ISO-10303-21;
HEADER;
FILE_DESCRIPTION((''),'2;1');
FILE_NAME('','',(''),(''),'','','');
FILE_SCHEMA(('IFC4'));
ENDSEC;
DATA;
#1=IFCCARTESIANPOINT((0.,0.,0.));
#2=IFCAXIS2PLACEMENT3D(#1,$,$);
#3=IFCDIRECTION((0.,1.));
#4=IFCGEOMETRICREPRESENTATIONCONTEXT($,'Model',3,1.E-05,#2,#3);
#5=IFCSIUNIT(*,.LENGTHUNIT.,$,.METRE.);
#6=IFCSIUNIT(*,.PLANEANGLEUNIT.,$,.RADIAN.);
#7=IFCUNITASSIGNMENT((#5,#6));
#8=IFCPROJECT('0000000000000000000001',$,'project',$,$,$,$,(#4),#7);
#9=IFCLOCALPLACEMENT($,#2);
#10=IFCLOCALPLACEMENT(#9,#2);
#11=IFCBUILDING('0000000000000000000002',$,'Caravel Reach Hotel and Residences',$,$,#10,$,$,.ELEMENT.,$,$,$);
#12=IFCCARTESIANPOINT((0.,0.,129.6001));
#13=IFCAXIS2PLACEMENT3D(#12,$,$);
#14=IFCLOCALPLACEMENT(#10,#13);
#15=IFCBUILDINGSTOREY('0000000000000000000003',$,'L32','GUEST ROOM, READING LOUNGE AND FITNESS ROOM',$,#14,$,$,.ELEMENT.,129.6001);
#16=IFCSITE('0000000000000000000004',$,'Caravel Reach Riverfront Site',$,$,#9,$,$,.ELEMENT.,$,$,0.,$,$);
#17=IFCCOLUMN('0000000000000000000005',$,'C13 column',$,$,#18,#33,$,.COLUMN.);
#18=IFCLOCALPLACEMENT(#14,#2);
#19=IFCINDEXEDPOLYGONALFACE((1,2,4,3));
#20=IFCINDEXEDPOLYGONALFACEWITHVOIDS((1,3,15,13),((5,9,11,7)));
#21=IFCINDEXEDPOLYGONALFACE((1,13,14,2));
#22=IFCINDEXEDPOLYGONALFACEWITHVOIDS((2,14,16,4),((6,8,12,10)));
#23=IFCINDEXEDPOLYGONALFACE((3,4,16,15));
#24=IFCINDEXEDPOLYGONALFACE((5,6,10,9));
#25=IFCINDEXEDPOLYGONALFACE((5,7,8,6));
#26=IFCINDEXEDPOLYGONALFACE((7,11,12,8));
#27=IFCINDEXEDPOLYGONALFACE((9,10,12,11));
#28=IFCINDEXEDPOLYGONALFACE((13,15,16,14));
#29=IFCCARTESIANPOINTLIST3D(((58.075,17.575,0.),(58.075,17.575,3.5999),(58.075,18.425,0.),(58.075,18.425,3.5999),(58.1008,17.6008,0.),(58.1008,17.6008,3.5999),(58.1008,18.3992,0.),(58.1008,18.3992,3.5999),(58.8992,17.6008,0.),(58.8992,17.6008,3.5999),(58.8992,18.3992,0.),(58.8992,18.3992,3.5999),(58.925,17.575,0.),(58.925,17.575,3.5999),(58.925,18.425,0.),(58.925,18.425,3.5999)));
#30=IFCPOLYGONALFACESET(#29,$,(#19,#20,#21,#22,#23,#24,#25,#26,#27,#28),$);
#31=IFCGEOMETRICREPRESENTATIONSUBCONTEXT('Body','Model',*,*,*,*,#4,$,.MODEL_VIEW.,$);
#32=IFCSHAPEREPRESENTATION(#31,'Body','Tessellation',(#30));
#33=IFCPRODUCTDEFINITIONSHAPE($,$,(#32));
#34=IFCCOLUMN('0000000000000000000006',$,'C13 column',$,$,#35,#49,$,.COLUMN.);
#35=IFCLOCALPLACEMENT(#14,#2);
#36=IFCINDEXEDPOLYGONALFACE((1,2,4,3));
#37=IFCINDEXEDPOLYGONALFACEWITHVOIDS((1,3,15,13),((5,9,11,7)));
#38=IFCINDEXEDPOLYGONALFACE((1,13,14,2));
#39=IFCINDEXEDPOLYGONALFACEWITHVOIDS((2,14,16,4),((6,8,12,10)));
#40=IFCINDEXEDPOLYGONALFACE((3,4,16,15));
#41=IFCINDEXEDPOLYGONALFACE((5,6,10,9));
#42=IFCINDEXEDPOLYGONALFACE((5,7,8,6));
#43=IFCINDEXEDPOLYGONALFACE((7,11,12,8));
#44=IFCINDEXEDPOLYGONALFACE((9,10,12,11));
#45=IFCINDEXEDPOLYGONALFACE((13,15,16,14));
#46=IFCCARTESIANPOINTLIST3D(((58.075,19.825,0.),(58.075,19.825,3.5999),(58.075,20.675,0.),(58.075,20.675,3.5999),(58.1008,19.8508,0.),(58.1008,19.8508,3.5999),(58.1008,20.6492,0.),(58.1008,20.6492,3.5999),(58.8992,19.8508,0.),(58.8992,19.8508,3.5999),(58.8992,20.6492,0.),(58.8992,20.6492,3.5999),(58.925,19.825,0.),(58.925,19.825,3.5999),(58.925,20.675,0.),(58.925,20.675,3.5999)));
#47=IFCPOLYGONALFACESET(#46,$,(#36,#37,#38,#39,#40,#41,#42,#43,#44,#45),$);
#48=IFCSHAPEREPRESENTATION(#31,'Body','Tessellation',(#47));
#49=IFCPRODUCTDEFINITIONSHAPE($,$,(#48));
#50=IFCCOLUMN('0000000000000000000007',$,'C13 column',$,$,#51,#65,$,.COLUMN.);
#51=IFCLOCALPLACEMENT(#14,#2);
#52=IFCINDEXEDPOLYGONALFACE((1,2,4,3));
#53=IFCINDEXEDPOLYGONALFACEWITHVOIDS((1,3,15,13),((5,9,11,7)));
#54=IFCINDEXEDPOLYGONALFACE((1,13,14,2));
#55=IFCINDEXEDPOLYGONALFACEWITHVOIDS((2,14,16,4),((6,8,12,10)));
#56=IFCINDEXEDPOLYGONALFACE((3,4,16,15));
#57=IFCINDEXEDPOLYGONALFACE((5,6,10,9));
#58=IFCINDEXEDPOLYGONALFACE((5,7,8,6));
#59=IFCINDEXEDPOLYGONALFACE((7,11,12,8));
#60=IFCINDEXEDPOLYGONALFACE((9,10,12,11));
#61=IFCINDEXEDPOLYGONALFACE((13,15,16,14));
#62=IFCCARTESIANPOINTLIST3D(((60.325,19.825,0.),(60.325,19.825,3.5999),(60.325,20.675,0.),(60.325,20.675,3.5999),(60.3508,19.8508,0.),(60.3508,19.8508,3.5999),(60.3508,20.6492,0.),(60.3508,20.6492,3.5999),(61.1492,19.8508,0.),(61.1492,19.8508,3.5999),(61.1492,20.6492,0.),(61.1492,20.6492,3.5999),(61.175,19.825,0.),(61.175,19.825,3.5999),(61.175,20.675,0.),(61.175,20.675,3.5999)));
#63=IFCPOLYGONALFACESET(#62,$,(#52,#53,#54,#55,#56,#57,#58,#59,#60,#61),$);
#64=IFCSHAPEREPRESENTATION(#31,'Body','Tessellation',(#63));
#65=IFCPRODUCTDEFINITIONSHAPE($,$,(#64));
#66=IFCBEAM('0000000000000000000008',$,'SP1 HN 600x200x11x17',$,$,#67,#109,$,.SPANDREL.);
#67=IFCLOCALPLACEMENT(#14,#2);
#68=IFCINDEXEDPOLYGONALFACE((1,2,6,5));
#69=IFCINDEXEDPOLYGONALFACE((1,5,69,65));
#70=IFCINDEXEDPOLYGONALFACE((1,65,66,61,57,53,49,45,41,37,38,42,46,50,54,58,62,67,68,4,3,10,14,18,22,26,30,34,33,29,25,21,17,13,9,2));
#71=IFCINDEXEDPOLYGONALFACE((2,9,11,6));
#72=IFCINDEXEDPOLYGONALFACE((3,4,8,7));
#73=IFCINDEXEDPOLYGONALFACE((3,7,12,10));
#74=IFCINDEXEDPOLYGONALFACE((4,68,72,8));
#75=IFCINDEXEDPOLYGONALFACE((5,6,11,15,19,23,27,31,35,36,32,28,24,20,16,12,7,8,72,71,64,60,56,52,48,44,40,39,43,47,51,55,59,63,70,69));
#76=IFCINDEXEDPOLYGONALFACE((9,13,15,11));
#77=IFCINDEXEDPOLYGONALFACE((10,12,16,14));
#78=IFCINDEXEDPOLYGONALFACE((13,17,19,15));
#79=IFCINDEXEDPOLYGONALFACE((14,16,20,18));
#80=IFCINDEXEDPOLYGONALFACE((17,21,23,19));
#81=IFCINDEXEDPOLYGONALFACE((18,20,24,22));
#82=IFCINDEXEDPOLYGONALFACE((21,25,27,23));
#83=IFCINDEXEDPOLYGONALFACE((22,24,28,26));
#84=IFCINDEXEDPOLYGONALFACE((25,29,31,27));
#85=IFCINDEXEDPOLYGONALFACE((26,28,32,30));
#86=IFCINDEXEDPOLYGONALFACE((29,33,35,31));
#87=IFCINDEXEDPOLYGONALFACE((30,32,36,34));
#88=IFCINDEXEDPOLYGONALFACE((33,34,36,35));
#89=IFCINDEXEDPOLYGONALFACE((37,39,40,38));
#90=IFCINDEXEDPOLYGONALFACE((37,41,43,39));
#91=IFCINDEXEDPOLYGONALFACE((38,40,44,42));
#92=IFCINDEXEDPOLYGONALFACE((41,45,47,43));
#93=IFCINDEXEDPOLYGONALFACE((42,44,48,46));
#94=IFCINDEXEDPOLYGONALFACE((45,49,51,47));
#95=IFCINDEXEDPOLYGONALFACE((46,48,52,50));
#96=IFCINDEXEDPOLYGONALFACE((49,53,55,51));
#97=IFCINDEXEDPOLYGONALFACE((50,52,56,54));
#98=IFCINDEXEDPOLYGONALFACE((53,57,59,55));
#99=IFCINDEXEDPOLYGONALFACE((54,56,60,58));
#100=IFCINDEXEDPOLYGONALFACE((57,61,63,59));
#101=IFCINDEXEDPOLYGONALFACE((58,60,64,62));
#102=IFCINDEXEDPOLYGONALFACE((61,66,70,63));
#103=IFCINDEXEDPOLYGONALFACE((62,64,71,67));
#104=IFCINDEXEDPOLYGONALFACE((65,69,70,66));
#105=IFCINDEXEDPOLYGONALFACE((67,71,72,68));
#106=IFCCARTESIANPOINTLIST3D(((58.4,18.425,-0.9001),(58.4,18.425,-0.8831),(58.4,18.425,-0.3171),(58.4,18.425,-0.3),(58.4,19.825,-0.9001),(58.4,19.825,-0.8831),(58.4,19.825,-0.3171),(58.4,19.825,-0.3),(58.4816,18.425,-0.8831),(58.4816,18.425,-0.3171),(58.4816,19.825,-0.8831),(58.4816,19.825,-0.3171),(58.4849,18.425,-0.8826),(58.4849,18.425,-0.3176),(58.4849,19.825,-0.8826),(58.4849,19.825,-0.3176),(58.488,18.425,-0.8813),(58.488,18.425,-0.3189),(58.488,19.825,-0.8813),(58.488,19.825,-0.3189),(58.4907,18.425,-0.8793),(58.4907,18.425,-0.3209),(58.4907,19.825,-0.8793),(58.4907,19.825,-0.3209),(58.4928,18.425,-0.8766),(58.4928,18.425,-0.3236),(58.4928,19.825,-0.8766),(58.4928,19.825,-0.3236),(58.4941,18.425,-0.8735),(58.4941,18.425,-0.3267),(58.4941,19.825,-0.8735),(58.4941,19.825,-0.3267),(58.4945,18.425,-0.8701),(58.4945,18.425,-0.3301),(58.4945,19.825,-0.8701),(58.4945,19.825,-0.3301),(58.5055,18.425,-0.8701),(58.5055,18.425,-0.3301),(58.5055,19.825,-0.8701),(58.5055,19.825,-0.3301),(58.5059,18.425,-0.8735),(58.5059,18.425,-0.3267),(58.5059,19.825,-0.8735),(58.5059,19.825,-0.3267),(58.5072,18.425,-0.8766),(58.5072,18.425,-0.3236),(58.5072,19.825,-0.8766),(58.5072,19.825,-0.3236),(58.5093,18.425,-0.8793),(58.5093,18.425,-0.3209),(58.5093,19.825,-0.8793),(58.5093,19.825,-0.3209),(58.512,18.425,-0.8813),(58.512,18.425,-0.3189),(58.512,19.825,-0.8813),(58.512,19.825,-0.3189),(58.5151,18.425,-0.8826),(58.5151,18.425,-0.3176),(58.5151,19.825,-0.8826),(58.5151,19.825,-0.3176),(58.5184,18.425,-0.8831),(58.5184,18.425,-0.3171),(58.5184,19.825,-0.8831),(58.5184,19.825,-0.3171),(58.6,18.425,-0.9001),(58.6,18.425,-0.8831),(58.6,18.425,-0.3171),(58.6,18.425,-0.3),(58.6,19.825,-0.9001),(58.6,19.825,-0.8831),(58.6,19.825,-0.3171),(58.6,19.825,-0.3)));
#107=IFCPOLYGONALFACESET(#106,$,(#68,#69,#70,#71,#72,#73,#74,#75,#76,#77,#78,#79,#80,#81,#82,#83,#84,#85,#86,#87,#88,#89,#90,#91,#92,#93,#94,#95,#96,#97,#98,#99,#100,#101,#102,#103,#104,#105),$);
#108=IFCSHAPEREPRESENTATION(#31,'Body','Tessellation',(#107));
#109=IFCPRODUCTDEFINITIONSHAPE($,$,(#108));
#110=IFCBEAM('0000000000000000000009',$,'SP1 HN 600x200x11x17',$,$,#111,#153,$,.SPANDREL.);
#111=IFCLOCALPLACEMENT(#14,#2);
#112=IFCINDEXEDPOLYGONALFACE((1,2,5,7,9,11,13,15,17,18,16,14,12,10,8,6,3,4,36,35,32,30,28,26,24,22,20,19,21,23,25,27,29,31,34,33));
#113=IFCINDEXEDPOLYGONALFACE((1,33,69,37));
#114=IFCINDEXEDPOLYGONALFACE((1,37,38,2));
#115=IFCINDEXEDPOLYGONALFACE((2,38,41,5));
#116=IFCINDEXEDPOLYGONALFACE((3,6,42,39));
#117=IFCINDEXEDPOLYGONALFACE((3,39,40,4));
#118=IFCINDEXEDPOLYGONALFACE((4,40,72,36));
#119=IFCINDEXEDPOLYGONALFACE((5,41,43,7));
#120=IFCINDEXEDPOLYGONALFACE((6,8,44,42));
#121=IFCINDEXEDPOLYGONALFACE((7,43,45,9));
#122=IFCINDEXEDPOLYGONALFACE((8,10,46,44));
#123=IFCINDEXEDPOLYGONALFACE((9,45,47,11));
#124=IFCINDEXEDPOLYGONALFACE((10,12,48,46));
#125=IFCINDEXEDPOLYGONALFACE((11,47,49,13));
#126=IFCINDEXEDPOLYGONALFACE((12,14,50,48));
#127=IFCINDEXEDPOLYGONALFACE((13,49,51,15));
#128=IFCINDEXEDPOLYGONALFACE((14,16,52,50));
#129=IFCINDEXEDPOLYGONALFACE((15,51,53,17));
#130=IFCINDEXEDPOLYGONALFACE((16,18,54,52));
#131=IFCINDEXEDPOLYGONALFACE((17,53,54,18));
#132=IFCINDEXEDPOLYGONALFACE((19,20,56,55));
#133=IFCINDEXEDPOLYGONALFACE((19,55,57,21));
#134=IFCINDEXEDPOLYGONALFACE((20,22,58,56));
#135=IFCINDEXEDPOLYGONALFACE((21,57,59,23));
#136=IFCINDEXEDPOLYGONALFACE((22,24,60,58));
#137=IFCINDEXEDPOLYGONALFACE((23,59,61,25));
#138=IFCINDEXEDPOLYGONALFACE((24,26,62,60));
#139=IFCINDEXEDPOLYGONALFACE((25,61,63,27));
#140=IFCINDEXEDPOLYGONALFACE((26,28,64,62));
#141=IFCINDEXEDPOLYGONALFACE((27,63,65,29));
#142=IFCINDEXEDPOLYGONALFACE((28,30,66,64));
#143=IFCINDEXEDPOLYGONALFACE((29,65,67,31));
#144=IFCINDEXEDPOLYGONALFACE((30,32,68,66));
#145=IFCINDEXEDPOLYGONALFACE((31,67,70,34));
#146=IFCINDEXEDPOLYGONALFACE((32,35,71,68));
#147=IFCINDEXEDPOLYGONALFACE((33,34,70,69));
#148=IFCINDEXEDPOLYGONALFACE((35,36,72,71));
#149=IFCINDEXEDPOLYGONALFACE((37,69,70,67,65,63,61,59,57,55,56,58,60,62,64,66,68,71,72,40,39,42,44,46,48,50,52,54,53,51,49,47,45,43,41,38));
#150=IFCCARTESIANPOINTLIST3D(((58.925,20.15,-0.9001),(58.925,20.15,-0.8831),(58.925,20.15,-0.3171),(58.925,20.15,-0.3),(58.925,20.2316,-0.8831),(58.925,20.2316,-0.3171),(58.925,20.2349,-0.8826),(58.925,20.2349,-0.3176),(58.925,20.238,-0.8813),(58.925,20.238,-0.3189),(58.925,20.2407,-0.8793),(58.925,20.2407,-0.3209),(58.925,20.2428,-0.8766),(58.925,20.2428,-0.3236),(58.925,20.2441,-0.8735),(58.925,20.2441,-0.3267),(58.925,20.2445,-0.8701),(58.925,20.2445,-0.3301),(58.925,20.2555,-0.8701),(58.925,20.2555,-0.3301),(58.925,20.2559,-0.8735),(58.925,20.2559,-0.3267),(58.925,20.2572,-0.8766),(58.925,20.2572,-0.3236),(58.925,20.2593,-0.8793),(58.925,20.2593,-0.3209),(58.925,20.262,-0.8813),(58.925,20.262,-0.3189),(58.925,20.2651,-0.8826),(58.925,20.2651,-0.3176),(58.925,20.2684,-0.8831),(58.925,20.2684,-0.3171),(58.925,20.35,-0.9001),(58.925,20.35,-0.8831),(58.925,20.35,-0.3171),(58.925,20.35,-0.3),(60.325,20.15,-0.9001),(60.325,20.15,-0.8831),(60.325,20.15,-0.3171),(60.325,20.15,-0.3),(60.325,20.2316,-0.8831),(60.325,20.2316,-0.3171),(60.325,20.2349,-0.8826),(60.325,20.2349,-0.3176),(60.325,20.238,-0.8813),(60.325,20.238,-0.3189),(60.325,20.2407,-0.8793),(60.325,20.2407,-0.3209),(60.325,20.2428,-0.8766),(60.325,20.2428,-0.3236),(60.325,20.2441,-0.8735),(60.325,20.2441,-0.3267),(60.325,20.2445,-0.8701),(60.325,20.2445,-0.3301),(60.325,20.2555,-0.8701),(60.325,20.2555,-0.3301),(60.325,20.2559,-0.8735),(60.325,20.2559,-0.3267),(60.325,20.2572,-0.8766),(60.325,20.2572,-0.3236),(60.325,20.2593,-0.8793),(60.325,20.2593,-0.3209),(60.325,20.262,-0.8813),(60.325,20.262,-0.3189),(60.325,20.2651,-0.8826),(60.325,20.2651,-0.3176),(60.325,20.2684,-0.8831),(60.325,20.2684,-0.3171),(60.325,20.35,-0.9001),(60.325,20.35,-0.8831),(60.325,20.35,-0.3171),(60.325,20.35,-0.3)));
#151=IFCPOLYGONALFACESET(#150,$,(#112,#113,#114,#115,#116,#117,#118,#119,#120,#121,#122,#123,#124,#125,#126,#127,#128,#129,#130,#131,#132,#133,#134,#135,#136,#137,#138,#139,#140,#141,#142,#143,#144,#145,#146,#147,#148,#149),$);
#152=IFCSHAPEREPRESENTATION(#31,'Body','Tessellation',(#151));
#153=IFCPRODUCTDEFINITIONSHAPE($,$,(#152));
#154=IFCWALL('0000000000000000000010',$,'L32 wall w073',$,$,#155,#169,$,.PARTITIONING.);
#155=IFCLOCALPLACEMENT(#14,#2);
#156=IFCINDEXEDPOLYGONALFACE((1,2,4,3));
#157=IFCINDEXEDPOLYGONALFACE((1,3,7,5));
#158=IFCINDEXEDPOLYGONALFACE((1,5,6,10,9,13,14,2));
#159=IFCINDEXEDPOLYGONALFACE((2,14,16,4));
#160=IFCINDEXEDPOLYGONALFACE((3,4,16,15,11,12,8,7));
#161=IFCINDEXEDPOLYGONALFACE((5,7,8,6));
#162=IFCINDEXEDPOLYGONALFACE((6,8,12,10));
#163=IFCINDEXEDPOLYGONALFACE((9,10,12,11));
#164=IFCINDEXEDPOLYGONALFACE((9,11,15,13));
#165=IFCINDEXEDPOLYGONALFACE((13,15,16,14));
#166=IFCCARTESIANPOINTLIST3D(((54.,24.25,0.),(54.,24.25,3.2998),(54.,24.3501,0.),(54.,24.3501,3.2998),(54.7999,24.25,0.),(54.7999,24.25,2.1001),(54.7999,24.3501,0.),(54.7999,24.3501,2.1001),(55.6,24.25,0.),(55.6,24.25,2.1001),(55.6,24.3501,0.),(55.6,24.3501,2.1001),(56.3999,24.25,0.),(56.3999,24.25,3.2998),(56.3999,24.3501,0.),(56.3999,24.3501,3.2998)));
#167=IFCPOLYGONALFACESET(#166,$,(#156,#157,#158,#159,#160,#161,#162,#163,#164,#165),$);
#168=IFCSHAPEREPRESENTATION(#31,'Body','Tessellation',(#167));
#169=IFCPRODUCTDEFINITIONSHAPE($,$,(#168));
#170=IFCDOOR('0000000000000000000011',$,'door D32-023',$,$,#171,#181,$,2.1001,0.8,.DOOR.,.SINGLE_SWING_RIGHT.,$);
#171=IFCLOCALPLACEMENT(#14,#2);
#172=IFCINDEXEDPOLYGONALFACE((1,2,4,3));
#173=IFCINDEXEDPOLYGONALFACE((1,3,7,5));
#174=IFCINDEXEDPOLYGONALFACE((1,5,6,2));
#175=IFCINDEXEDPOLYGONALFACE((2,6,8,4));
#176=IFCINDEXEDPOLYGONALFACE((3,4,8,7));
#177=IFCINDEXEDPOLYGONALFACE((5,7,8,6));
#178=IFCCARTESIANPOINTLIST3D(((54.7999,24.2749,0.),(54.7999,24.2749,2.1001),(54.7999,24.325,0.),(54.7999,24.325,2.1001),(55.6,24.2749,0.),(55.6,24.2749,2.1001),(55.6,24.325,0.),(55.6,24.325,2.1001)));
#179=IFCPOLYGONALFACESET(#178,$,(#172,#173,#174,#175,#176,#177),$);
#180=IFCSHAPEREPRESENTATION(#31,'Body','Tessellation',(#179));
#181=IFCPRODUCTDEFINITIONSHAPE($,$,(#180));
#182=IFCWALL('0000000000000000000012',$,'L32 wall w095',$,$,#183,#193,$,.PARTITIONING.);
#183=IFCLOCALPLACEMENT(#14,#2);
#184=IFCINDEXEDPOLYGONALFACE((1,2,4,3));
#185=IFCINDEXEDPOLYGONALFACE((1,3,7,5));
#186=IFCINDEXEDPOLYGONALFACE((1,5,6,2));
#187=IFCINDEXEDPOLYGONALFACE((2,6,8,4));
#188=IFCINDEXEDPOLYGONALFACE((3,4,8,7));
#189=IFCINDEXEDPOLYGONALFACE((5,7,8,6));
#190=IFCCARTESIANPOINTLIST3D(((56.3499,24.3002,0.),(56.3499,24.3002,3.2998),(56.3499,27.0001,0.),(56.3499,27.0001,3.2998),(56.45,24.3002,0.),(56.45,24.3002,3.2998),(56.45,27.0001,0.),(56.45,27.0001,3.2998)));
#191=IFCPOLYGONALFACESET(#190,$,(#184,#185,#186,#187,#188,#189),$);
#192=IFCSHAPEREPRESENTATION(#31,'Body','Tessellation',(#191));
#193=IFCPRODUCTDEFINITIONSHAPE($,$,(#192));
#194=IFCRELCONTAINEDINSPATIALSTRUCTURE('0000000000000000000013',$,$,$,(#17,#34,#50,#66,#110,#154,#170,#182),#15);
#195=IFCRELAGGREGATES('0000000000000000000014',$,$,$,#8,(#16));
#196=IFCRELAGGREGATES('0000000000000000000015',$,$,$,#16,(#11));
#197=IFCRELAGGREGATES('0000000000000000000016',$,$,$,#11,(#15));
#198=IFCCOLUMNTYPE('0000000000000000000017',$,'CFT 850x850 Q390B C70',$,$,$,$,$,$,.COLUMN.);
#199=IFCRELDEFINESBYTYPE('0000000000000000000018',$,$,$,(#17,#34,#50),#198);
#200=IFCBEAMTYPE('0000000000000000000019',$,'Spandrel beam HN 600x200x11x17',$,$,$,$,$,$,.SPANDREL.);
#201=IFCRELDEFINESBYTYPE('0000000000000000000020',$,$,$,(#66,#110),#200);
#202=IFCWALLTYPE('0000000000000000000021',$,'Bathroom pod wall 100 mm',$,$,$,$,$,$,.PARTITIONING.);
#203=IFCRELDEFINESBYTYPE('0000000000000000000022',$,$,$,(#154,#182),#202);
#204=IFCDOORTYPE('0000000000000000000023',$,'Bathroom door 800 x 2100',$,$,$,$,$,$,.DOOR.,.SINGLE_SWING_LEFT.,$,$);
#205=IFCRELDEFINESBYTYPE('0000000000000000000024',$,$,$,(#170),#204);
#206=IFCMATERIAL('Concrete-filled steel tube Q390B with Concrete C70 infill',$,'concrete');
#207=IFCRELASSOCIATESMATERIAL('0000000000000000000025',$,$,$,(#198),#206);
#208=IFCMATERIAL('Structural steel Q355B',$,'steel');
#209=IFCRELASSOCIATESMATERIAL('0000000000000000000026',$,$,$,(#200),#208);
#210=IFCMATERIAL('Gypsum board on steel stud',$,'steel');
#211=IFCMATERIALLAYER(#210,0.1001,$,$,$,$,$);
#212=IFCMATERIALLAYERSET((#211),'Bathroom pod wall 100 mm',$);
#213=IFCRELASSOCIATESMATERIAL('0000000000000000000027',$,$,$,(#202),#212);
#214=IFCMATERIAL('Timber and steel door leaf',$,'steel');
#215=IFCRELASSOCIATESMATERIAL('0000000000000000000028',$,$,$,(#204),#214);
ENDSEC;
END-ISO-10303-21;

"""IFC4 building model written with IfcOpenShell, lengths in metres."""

from ifc_helpers import new_model, si_unit, direction, frame, frame_2d, origin, origin_2d, place, context, subcontext, project, spatial, rectangle, hollow_rectangle, i_section, extrude, material, layer, layer_set, material_profile, profile_set, type_object, element, fill, save


model = new_model("IFC4")

# Units and contexts
model_context = context("Model", 3, precision=1e-05, world=origin(), true_north=direction((0.0, 1.0)))
body_context = subcontext(model_context, "Body", "Model", "MODEL_VIEW")
ifc_project = project(units=[si_unit("LENGTHUNIT", "METRE"), si_unit("PLANEANGLEUNIT", "RADIAN")], contexts=[model_context])

# Site, building, storey
site_placement = place(None, origin())
site = spatial("IfcSite", under=ifc_project, at=site_placement, Name="Caravel Reach Riverfront Site", CompositionType="ELEMENT", RefElevation=0.0)
building_placement = place(site_placement, origin())
building = spatial("IfcBuilding", under=site, at=building_placement, Name="Caravel Reach Hotel and Residences", CompositionType="ELEMENT")
storey_placement = place(building_placement, frame((0.0, 0.0, 129.6001)))
storey = spatial("IfcBuildingStorey", under=building, at=storey_placement, Name="L32", Description="GUEST ROOM, READING LOUNGE AND FITNESS ROOM", CompositionType="ELEMENT", Elevation=129.6001)

# Columns
ifc_material_1 = material(Name="Concrete-filled steel tube Q390B with Concrete C70 infill", Category="concrete")
ifc_material_profile_1 = material_profile(ifc_material_1, hollow_rectangle(XDim=0.8501, YDim=0.8501, WallThickness=0.0259, at=origin_2d()), Name="RHS 850x850x26")
ifc_profile_set_1 = profile_set([ifc_material_profile_1], Name="Concrete-filled steel tube Q390B with Concrete C70 infill")
column_type = type_object("IfcColumnType", Name="CFT 850x850 Q390B C70", PredefinedType="COLUMN", material=ifc_profile_set_1)
for number, where, z_axis, x_axis, name in (
    (1, (58.5, 18.0, 0.0), (0.0, 0.0, 1.0), (1.0, 0.0, 0.0), "C13 column"),
    (2, (58.5, 20.25, 0.0), (0.0, 0.0, 1.0), (1.0, 0.0, 0.0), "C13 column"),
    (3, (60.75, 20.25, 0.0), (0.0, 0.0, 1.0), (1.0, 0.0, 0.0), "C13 column"),
):
    element("IfcColumn", number, at=place(storey_placement, frame(where, z_axis=z_axis, x_axis=x_axis)), inside=storey, type_object=column_type, Name=name, PredefinedType="COLUMN", context=body_context, shape_type="SweptSolid", body=[
        extrude(hollow_rectangle(XDim=0.8501, YDim=0.8501, WallThickness=0.0259, at=origin_2d()), origin(), (0.0, 0.0, 1.0), 3.5999),
    ])

# Beams
ifc_material_2 = material(Name="Structural steel Q355B", Category="steel")
ifc_material_profile_2 = material_profile(ifc_material_2, i_section(OverallWidth=0.2, OverallDepth=0.6001, WebThickness=0.011, FlangeThickness=0.0171, FilletRadius=0.0129, at=origin_2d()), Name="HN 600x200x11x17")
ifc_profile_set_2 = profile_set([ifc_material_profile_2], Name="Structural steel Q355B")
beam_type = type_object("IfcBeamType", Name="Spandrel beam HN 600x200x11x17", PredefinedType="SPANDREL", material=ifc_profile_set_2)
for number, where, z_axis, x_axis, name in (
    (4, (58.5, 18.425, -0.6001), (0.0, 1.0, 0.0), (-1.0, 0.0, 0.0), "SP1 HN 600x200x11x17"),
    (5, (58.925, 20.25, -0.6001), (1.0, 0.0, 0.0), (0.0, 1.0, 0.0), "SP1 HN 600x200x11x17"),
):
    element("IfcBeam", number, at=place(storey_placement, frame(where, z_axis=z_axis, x_axis=x_axis)), inside=storey, type_object=beam_type, Name=name, PredefinedType="SPANDREL", context=body_context, shape_type="SweptSolid", body=[
        extrude(i_section(OverallWidth=0.2, OverallDepth=0.6001, WebThickness=0.011, FlangeThickness=0.0171, FilletRadius=0.0129, at=origin_2d()), origin(), (0.0, 0.0, 1.0), 1.3999),
    ])

# Wall, opening, door
ifc_material_3 = material(Name="Gypsum board on steel stud", Category="steel")
ifc_layer_1 = layer(ifc_material_3, 0.1001)
ifc_layer_set_1 = layer_set([ifc_layer_1], Name="Bathroom pod wall 100 mm")
wall_type_1 = type_object("IfcWallType", Name="Bathroom pod wall 100 mm", PredefinedType="PARTITIONING", material=ifc_layer_set_1)
wall_1_placement = place(storey_placement, frame((54.0, 24.3, 0.0), z_axis=(0.0, 0.0, 1.0), x_axis=(1.0, 0.0, 0.0)))
wall_1 = element("IfcWall", 6, at=wall_1_placement, inside=storey, type_object=wall_type_1, Name="L32 wall w073", PredefinedType="PARTITIONING", context=body_context, shape_type="SweptSolid", body=[
    extrude(rectangle(XDim=2.3999, YDim=0.1001, at=frame_2d((1.2, 0.0))), origin(), (0.0, 0.0, 1.0), 3.2998),
])
opening_1_placement = place(wall_1_placement, frame((0.8, 0.0, 0.0)))
opening_1 = element("IfcOpeningElement", 7, at=opening_1_placement, cuts=wall_1, PredefinedType="OPENING", context=body_context, shape_type="SweptSolid", body=[
    extrude(rectangle(XDim=0.8, YDim=2.1001, at=frame_2d((0.3999, 1.05))), frame((0.0, 0.0601, 0.0), z_axis=(0.0, -1.0, 0.0), x_axis=(1.0, 0.0, 0.0)), (0.0, 0.0, 1.0), 0.1201),
])
ifc_material_4 = material(Name="Timber and steel door leaf", Category="steel")
door_type = type_object("IfcDoorType", Name="Bathroom door 800 x 2100", OperationType="SINGLE_SWING_LEFT", PredefinedType="DOOR", material=ifc_material_4)
door_placement = place(opening_1_placement, origin())
door = element("IfcDoor", 8, at=door_placement, inside=storey, type_object=door_type, Name="door D32-023", OperationType="SINGLE_SWING_RIGHT", OverallHeight=2.1001, OverallWidth=0.8, PredefinedType="DOOR", context=body_context, shape_type="SweptSolid", body=[
    extrude(rectangle(XDim=0.8, YDim=2.1001, at=frame_2d((0.3999, 1.05))), frame((0.0, 0.0249, 0.0), z_axis=(0.0, -1.0, 0.0), x_axis=(1.0, 0.0, 0.0)), (0.0, 0.0, 1.0), 0.05),
])
fill(opening_1, door)

# Wall
wall_2_placement = place(storey_placement, frame((56.3999, 24.3, 0.0), z_axis=(0.0, 0.0, 1.0), x_axis=(0.0, 1.0, 0.0)))
element("IfcWall", 9, at=wall_2_placement, inside=storey, type_object=wall_type_1, Name="L32 wall w095", PredefinedType="PARTITIONING", context=body_context, shape_type="SweptSolid", body=[
    extrude(rectangle(XDim=2.7, YDim=0.1001, at=frame_2d((1.3501, 0.0))), origin(), (0.0, 0.0, 1.0), 3.2998),
])

save(model, "model.ifc")
